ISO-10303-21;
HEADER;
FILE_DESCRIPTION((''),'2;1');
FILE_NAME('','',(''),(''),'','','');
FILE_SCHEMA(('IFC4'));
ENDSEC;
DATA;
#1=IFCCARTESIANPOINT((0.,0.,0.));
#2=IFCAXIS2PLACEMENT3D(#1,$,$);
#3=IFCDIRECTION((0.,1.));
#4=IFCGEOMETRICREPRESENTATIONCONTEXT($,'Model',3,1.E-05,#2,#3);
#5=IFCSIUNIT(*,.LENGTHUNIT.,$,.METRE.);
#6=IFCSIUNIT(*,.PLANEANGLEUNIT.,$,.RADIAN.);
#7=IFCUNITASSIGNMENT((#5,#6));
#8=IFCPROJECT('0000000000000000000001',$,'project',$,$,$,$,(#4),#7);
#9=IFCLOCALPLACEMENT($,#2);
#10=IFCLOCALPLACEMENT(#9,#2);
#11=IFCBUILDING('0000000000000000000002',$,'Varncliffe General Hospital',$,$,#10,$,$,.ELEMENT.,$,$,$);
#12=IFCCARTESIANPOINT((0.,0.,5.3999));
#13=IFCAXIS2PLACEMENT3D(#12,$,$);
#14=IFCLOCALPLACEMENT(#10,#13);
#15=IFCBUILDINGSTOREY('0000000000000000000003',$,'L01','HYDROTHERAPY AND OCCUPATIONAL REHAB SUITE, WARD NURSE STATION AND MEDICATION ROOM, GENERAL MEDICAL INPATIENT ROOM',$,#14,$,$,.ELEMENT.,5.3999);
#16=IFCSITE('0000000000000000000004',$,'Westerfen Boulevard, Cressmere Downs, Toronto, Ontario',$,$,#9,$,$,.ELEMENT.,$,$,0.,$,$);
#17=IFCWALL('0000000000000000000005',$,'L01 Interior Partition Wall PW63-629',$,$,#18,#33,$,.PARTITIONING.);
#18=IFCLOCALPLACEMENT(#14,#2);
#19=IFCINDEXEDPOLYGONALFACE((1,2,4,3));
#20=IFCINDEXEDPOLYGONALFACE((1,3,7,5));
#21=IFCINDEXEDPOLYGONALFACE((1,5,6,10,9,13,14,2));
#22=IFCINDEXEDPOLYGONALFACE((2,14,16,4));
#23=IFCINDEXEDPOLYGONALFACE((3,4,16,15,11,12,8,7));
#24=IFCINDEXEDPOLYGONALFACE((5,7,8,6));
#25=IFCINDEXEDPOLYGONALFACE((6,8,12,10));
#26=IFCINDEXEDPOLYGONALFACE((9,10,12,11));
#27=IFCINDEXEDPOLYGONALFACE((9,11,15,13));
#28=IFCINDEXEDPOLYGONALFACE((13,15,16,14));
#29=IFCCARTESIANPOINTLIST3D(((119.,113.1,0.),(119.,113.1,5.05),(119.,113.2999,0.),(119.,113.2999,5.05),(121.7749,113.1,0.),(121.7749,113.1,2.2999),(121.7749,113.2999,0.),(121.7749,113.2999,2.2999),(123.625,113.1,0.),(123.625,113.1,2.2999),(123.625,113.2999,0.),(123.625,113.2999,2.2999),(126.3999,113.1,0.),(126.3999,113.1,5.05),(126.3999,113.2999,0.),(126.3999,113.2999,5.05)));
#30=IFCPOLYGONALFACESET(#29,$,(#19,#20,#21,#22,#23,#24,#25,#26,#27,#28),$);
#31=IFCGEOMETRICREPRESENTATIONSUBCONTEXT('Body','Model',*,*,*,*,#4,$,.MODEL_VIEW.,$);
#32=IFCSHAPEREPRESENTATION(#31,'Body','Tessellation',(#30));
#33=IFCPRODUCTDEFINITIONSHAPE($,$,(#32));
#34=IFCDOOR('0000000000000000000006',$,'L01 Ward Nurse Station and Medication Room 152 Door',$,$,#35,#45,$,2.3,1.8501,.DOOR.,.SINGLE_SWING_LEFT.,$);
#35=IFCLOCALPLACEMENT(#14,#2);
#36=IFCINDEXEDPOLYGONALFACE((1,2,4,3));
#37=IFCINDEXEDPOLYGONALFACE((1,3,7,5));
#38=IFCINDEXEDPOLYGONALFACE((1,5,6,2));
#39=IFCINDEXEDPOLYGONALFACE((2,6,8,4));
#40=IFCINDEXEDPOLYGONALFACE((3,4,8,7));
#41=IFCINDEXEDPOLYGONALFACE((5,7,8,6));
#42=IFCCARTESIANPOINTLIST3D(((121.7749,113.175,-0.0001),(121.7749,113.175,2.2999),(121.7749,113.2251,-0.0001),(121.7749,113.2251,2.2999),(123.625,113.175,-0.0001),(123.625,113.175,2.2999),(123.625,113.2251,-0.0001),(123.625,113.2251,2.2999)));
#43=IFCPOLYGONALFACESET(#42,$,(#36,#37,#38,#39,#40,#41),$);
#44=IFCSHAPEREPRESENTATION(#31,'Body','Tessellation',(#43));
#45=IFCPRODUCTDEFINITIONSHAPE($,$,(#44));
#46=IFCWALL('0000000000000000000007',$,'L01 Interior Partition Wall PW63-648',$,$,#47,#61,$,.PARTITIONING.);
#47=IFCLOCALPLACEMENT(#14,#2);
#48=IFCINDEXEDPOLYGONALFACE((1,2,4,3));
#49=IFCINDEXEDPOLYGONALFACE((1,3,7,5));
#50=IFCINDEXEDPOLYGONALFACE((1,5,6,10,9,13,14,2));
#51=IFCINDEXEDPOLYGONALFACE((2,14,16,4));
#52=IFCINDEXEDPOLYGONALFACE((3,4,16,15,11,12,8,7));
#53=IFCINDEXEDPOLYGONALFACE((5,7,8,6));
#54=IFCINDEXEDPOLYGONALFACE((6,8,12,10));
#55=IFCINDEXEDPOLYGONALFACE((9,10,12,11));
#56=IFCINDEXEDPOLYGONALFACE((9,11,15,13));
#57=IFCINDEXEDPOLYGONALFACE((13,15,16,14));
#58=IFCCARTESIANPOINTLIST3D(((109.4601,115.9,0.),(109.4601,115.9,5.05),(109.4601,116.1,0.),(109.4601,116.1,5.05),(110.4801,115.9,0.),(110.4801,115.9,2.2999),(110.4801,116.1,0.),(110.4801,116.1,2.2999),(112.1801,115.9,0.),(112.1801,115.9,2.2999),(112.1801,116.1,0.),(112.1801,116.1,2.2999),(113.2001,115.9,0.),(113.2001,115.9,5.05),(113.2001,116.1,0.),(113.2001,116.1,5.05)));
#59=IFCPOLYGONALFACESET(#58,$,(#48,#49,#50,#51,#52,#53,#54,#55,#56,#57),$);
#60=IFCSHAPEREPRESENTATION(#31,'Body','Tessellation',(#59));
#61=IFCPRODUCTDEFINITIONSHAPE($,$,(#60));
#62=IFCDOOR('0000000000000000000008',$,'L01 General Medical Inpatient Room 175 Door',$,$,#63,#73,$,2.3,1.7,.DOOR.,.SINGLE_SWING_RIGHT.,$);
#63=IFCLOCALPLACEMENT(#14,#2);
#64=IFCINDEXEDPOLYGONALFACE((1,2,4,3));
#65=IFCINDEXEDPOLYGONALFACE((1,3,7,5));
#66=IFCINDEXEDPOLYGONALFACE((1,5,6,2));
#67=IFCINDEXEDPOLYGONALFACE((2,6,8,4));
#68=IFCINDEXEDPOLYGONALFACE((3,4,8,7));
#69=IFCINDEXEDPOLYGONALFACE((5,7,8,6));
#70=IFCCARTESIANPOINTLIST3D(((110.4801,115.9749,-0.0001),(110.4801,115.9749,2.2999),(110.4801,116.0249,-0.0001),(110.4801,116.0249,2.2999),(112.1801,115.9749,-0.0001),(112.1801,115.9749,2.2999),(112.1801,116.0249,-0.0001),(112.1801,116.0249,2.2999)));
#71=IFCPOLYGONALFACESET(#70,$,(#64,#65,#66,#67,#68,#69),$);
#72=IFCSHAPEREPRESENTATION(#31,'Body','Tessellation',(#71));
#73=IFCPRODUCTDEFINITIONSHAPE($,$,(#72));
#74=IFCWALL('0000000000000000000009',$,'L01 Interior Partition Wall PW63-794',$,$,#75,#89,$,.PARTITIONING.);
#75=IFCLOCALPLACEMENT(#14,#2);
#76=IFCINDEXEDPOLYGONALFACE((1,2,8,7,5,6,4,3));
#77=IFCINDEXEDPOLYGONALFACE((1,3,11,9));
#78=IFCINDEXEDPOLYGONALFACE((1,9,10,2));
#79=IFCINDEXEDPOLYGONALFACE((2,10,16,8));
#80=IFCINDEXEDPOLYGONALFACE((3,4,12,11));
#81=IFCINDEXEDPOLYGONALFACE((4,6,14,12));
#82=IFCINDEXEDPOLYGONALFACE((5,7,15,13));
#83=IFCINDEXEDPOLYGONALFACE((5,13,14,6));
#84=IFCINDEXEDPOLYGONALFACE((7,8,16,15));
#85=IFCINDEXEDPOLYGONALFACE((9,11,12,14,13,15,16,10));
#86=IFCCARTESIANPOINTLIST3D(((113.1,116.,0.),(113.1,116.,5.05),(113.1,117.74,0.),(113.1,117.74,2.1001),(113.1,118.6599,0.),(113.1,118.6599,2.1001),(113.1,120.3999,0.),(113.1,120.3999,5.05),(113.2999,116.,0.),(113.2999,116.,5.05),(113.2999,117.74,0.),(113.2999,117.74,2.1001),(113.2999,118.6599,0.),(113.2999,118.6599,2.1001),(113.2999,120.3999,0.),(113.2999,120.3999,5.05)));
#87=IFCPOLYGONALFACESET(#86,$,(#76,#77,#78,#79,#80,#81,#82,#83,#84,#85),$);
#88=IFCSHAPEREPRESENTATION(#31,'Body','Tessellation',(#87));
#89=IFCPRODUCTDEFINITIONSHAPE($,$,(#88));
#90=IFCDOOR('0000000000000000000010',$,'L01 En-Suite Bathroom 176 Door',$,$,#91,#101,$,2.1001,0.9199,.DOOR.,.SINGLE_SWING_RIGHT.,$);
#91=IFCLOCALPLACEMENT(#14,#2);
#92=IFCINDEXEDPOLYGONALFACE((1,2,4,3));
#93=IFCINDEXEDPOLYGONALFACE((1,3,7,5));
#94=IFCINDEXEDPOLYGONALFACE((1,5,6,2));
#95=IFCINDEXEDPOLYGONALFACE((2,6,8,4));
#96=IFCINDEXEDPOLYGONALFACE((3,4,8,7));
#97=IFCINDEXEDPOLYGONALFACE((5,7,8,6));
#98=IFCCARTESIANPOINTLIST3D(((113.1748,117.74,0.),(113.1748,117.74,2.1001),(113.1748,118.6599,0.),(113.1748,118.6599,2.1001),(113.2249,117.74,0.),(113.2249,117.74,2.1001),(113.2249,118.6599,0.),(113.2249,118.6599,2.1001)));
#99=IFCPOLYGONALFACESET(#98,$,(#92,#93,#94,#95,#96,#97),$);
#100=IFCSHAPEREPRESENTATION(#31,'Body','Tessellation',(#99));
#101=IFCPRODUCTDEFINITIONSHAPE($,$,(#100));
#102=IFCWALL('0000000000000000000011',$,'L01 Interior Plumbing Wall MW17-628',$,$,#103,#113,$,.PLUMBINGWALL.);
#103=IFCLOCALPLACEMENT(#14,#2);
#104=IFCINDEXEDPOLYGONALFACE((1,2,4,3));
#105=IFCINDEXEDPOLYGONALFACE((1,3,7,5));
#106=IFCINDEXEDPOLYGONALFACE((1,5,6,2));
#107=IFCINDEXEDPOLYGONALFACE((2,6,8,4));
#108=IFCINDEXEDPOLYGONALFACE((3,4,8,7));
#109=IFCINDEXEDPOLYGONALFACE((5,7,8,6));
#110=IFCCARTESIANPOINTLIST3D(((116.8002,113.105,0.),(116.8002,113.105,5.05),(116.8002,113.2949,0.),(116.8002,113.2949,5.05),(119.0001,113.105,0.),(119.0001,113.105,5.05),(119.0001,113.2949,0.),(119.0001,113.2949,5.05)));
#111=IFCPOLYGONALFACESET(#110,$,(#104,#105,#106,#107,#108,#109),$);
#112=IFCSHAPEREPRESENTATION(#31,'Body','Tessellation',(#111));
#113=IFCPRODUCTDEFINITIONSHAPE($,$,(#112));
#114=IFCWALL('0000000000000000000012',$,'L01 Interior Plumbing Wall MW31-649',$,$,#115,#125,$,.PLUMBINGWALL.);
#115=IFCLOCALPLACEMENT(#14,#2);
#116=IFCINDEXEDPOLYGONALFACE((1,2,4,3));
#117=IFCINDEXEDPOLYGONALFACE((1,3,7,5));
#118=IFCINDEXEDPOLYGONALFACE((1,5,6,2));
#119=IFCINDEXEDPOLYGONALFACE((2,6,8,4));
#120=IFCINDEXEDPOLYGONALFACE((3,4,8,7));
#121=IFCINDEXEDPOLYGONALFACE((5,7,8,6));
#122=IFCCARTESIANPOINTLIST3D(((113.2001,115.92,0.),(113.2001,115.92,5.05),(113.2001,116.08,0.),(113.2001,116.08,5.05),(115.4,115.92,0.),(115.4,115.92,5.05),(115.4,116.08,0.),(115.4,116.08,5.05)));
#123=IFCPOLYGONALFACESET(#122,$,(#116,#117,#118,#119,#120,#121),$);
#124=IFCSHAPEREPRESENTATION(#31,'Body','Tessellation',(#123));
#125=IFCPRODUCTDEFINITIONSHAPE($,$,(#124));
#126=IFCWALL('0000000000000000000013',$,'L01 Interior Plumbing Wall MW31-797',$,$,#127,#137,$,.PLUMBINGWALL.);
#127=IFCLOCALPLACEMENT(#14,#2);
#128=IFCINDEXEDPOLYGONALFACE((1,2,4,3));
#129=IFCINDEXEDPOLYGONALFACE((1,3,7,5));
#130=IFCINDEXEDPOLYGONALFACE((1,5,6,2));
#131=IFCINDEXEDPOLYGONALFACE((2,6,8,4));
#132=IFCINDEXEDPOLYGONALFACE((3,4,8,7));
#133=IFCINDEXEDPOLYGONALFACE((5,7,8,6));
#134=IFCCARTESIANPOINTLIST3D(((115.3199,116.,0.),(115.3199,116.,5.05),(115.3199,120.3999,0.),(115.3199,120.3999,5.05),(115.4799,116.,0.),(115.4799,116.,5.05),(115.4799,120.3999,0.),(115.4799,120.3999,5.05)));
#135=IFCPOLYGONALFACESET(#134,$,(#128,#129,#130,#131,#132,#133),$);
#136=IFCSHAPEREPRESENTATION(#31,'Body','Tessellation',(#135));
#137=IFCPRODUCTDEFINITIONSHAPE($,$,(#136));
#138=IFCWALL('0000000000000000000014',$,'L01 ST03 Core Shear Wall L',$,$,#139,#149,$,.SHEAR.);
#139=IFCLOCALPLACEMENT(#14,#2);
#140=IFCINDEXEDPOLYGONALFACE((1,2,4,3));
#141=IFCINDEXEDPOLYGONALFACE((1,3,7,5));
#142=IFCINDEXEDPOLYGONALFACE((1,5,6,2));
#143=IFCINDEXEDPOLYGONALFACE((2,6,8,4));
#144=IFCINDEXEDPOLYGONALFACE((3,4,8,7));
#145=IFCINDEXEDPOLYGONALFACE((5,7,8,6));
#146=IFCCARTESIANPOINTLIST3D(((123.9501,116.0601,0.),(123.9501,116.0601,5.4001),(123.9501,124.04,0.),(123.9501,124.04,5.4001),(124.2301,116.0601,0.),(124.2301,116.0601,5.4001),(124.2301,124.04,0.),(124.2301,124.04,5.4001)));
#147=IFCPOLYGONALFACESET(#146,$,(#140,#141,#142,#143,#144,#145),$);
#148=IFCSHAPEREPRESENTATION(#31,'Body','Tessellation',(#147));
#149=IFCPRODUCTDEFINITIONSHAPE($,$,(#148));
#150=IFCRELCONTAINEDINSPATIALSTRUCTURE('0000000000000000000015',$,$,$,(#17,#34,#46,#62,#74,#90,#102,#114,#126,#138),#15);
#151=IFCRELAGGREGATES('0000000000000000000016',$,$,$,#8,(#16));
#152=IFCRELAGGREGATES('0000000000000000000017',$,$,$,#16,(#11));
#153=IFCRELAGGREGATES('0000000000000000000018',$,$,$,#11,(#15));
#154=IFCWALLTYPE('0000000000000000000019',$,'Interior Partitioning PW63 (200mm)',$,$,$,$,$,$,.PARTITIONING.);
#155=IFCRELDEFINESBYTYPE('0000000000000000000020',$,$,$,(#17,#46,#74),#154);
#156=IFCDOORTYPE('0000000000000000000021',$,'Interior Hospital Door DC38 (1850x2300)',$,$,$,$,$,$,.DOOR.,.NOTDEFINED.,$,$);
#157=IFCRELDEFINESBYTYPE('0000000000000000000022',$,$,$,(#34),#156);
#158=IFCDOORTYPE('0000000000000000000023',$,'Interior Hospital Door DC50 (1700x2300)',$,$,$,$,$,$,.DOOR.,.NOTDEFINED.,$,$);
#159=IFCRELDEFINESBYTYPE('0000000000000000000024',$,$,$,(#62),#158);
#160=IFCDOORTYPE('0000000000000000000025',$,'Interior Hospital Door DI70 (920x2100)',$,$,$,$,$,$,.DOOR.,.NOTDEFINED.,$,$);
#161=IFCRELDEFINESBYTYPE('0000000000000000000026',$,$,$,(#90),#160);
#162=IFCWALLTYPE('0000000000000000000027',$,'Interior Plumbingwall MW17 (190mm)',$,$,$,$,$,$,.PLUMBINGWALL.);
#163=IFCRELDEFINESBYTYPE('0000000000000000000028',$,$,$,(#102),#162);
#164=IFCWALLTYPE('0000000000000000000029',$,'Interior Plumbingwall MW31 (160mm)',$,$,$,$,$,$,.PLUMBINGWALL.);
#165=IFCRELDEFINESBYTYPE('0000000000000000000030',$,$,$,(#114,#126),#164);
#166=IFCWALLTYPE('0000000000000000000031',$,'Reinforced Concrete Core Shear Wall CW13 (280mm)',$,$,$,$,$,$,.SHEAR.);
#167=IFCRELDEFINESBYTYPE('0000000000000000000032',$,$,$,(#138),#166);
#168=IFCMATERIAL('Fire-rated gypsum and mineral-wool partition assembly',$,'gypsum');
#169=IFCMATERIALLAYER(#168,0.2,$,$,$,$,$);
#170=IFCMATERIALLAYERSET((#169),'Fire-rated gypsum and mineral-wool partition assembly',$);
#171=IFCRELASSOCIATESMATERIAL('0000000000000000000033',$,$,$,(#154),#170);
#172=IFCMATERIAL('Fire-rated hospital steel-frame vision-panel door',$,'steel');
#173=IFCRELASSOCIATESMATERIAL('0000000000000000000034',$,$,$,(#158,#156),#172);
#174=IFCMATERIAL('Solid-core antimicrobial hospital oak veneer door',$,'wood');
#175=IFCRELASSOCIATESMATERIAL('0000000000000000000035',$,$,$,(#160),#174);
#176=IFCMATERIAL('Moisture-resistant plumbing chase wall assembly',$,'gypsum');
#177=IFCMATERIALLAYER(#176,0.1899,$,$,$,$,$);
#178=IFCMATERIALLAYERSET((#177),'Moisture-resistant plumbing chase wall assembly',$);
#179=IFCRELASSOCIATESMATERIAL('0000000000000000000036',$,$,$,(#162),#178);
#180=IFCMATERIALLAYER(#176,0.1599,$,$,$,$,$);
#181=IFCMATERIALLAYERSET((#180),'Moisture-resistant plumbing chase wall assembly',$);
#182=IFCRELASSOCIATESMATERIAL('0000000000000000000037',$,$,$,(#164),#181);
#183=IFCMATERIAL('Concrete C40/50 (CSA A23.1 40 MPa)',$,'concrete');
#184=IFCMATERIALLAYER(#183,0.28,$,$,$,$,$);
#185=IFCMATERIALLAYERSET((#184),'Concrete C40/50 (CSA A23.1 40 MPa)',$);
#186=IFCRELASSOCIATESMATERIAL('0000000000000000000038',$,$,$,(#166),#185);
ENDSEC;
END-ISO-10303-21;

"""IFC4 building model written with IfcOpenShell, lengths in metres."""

from ifc_helpers import new_model, si_unit, direction, frame, frame_2d, origin, place, context, subcontext, project, spatial, rectangle, extrude, material, layer, layer_set, type_object, element, fill, save


model = new_model("IFC4")

# Units and contexts
model_context = context("Model", 3, precision=1e-05, world=origin(), true_north=direction((0.0, 1.0)))
body_context = subcontext(model_context, "Body", "Model", "MODEL_VIEW")
ifc_project = project(units=[si_unit("LENGTHUNIT", "METRE"), si_unit("PLANEANGLEUNIT", "RADIAN")], contexts=[model_context])

# Site, building, storey
site_placement = place(None, origin())
site = spatial("IfcSite", under=ifc_project, at=site_placement, Name="Westerfen Boulevard, Cressmere Downs, Toronto, Ontario", CompositionType="ELEMENT", RefElevation=0.0)
building_placement = place(site_placement, origin())
building = spatial("IfcBuilding", under=site, at=building_placement, Name="Varncliffe General Hospital", CompositionType="ELEMENT")
storey_placement = place(building_placement, frame((0.0, 0.0, 5.3999)))
storey = spatial("IfcBuildingStorey", under=building, at=storey_placement, Name="L01", Description="HYDROTHERAPY AND OCCUPATIONAL REHAB SUITE, WARD NURSE STATION AND MEDICATION ROOM, GENERAL MEDICAL INPATIENT ROOM", CompositionType="ELEMENT", Elevation=5.3999)

# Shared definitions
ifc_material_1 = material(Name="Concrete C40/50 (CSA A23.1 40 MPa)", Category="concrete")

# Walls, openings, doors
ifc_material_2 = material(Name="Fire-rated gypsum and mineral-wool partition assembly", Category="gypsum")
ifc_layer_1 = layer(ifc_material_2, 0.2)
ifc_layer_set_1 = layer_set([ifc_layer_1], Name="Fire-rated gypsum and mineral-wool partition assembly")
wall_type_1 = type_object("IfcWallType", Name="Interior Partitioning PW63 (200mm)", PredefinedType="PARTITIONING", material=ifc_layer_set_1)
ifc_material_3 = material(Name="Fire-rated hospital steel-frame vision-panel door", Category="steel")
door_type_1 = type_object("IfcDoorType", Name="Interior Hospital Door DC50 (1700x2300)", OperationType="NOTDEFINED", PredefinedType="DOOR", material=ifc_material_3)
wall_1_placement = place(storey_placement, frame((119.0, 113.2, 0.0), z_axis=(0.0, 0.0, 1.0), x_axis=(1.0, 0.0, 0.0)))
wall_1 = element("IfcWall", 1, at=wall_1_placement, inside=storey, type_object=wall_type_1, Name="L01 Interior Partition Wall PW63-629", PredefinedType="PARTITIONING", context=body_context, shape_type="SweptSolid", body=[
    extrude(rectangle(XDim=7.3999, YDim=0.2, at=frame_2d((3.7, 0.0))), origin(), (0.0, 0.0, 1.0), 5.05),
])
opening_1_placement = place(wall_1_placement, frame((2.7749, 0.0, 0.0)))
opening_1 = element("IfcOpeningElement", 2, at=opening_1_placement, cuts=wall_1, PredefinedType="OPENING", context=body_context, shape_type="SweptSolid", body=[
    extrude(rectangle(XDim=1.8501, YDim=2.3, at=frame_2d((0.925, 1.1499))), frame((0.0, 0.1099, 0.0), z_axis=(0.0, -1.0, 0.0), x_axis=(1.0, 0.0, 0.0)), (0.0, 0.0, 1.0), 0.22),
])
door_type_2 = type_object("IfcDoorType", Name="Interior Hospital Door DC38 (1850x2300)", OperationType="NOTDEFINED", PredefinedType="DOOR", material=ifc_material_3)
door_1_placement = place(opening_1_placement, frame((1.8501, 0.0, 0.0), z_axis=(0.0, 0.0, 1.0), x_axis=(-1.0, 0.0, 0.0)))
door_1 = element("IfcDoor", 3, at=door_1_placement, inside=storey, type_object=door_type_2, Name="L01 Ward Nurse Station and Medication Room 152 Door", OperationType="SINGLE_SWING_LEFT", OverallHeight=2.3, OverallWidth=1.8501, PredefinedType="DOOR", context=body_context, shape_type="SweptSolid", body=[
    extrude(rectangle(XDim=1.8501, YDim=2.3, at=frame_2d((0.925, 1.1499))), frame((0.0, 0.0249, 0.0), z_axis=(0.0, -1.0, 0.0), x_axis=(1.0, 0.0, 0.0)), (0.0, 0.0, 1.0), 0.05),
])
fill(opening_1, door_1)
wall_2_placement = place(storey_placement, frame((109.46, 116.0, 0.0), z_axis=(0.0, 0.0, 1.0), x_axis=(1.0, 0.0, 0.0)))
wall_2 = element("IfcWall", 4, at=wall_2_placement, inside=storey, type_object=wall_type_1, Name="L01 Interior Partition Wall PW63-648", PredefinedType="PARTITIONING", context=body_context, shape_type="SweptSolid", body=[
    extrude(rectangle(XDim=3.74, YDim=0.2, at=frame_2d((1.8701, 0.0))), origin(), (0.0, 0.0, 1.0), 5.05),
])
opening_2_placement = place(wall_2_placement, frame((1.02, 0.0, 0.0)))
opening_2 = element("IfcOpeningElement", 5, at=opening_2_placement, cuts=wall_2, PredefinedType="OPENING", context=body_context, shape_type="SweptSolid", body=[
    extrude(rectangle(XDim=1.7, YDim=2.3, at=frame_2d((0.8501, 1.1499))), frame((0.0, 0.1099, 0.0), z_axis=(0.0, -1.0, 0.0), x_axis=(1.0, 0.0, 0.0)), (0.0, 0.0, 1.0), 0.22),
])
door_2_placement = place(opening_2_placement, origin())
door_2 = element("IfcDoor", 6, at=door_2_placement, inside=storey, type_object=door_type_1, Name="L01 General Medical Inpatient Room 175 Door", OperationType="SINGLE_SWING_RIGHT", OverallHeight=2.3, OverallWidth=1.7, PredefinedType="DOOR", context=body_context, shape_type="SweptSolid", body=[
    extrude(rectangle(XDim=1.7, YDim=2.3, at=frame_2d((0.8501, 1.1499))), frame((0.0, 0.0249, 0.0), z_axis=(0.0, -1.0, 0.0), x_axis=(1.0, 0.0, 0.0)), (0.0, 0.0, 1.0), 0.05),
])
fill(opening_2, door_2)
wall_3_placement = place(storey_placement, frame((113.2, 116.0, 0.0), z_axis=(0.0, 0.0, 1.0), x_axis=(0.0, 1.0, 0.0)))
wall_3 = element("IfcWall", 7, at=wall_3_placement, inside=storey, type_object=wall_type_1, Name="L01 Interior Partition Wall PW63-794", PredefinedType="PARTITIONING", context=body_context, shape_type="SweptSolid", body=[
    extrude(rectangle(XDim=4.3999, YDim=0.2, at=frame_2d((2.2, 0.0))), origin(), (0.0, 0.0, 1.0), 5.05),
])
opening_3_placement = place(wall_3_placement, frame((1.74, 0.0, 0.0)))
opening_3 = element("IfcOpeningElement", 8, at=opening_3_placement, cuts=wall_3, PredefinedType="OPENING", context=body_context, shape_type="SweptSolid", body=[
    extrude(rectangle(XDim=0.9199, YDim=2.1001, at=frame_2d((0.46, 1.05))), frame((0.0, 0.1099, 0.0), z_axis=(0.0, -1.0, 0.0), x_axis=(1.0, 0.0, 0.0)), (0.0, 0.0, 1.0), 0.22),
])
ifc_material_4 = material(Name="Solid-core antimicrobial hospital oak veneer door", Category="wood")
door_type_3 = type_object("IfcDoorType", Name="Interior Hospital Door DI70 (920x2100)", OperationType="NOTDEFINED", PredefinedType="DOOR", material=ifc_material_4)
door_3_placement = place(opening_3_placement, frame((0.9199, 0.0, 0.0), z_axis=(0.0, 0.0, 1.0), x_axis=(-1.0, 0.0, 0.0)))
door_3 = element("IfcDoor", 9, at=door_3_placement, inside=storey, type_object=door_type_3, Name="L01 En-Suite Bathroom 176 Door", OperationType="SINGLE_SWING_RIGHT", OverallHeight=2.1001, OverallWidth=0.9199, PredefinedType="DOOR", context=body_context, shape_type="SweptSolid", body=[
    extrude(rectangle(XDim=0.9199, YDim=2.1001, at=frame_2d((0.46, 1.05))), frame((0.0, 0.0249, 0.0), z_axis=(0.0, -1.0, 0.0), x_axis=(1.0, 0.0, 0.0)), (0.0, 0.0, 1.0), 0.05),
])
fill(opening_3, door_3)

# Walls
ifc_material_5 = material(Name="Moisture-resistant plumbing chase wall assembly", Category="gypsum")
ifc_layer_2 = layer(ifc_material_5, 0.1899)
ifc_layer_set_2 = layer_set([ifc_layer_2], Name="Moisture-resistant plumbing chase wall assembly")
wall_type_2 = type_object("IfcWallType", Name="Interior Plumbingwall MW17 (190mm)", PredefinedType="PLUMBINGWALL", material=ifc_layer_set_2)
wall_4_placement = place(storey_placement, frame((116.8, 113.2, 0.0), z_axis=(0.0, 0.0, 1.0), x_axis=(1.0, 0.0, 0.0)))
element("IfcWall", 10, at=wall_4_placement, inside=storey, type_object=wall_type_2, Name="L01 Interior Plumbing Wall MW17-628", PredefinedType="PLUMBINGWALL", context=body_context, shape_type="SweptSolid", body=[
    extrude(rectangle(XDim=2.2, YDim=0.1899, at=frame_2d((1.1001, 0.0))), origin(), (0.0, 0.0, 1.0), 5.05),
])
ifc_layer_3 = layer(ifc_material_5, 0.1599)
ifc_layer_set_3 = layer_set([ifc_layer_3], Name="Moisture-resistant plumbing chase wall assembly")
wall_type_3 = type_object("IfcWallType", Name="Interior Plumbingwall MW31 (160mm)", PredefinedType="PLUMBINGWALL", material=ifc_layer_set_3)
wall_5_placement = place(storey_placement, frame((113.2, 116.0, 0.0), z_axis=(0.0, 0.0, 1.0), x_axis=(1.0, 0.0, 0.0)))
element("IfcWall", 11, at=wall_5_placement, inside=storey, type_object=wall_type_3, Name="L01 Interior Plumbing Wall MW31-649", PredefinedType="PLUMBINGWALL", context=body_context, shape_type="SweptSolid", body=[
    extrude(rectangle(XDim=2.2, YDim=0.1599, at=frame_2d((1.1001, 0.0))), origin(), (0.0, 0.0, 1.0), 5.05),
])
wall_6_placement = place(storey_placement, frame((115.3999, 116.0, 0.0), z_axis=(0.0, 0.0, 1.0), x_axis=(0.0, 1.0, 0.0)))
element("IfcWall", 12, at=wall_6_placement, inside=storey, type_object=wall_type_3, Name="L01 Interior Plumbing Wall MW31-797", PredefinedType="PLUMBINGWALL", context=body_context, shape_type="SweptSolid", body=[
    extrude(rectangle(XDim=4.3999, YDim=0.1599, at=frame_2d((2.2, 0.0))), origin(), (0.0, 0.0, 1.0), 5.05),
])
ifc_layer_4 = layer(ifc_material_1, 0.28)
ifc_layer_set_4 = layer_set([ifc_layer_4], Name="Concrete C40/50 (CSA A23.1 40 MPa)")
wall_type_4 = type_object("IfcWallType", Name="Reinforced Concrete Core Shear Wall CW13 (280mm)", PredefinedType="SHEAR", material=ifc_layer_set_4)
wall_7_placement = place(storey_placement, frame((124.0901, 116.0601, 0.0), z_axis=(0.0, 0.0, 1.0), x_axis=(0.0, 1.0, 0.0)))
element("IfcWall", 13, at=wall_7_placement, inside=storey, type_object=wall_type_4, Name="L01 ST03 Core Shear Wall L", PredefinedType="SHEAR", context=body_context, shape_type="SweptSolid", body=[
    extrude(rectangle(XDim=7.98, YDim=0.28, at=frame_2d((3.99, 0.0))), origin(), (0.0, 0.0, 1.0), 5.4001),
])

save(model, "model.ifc")
